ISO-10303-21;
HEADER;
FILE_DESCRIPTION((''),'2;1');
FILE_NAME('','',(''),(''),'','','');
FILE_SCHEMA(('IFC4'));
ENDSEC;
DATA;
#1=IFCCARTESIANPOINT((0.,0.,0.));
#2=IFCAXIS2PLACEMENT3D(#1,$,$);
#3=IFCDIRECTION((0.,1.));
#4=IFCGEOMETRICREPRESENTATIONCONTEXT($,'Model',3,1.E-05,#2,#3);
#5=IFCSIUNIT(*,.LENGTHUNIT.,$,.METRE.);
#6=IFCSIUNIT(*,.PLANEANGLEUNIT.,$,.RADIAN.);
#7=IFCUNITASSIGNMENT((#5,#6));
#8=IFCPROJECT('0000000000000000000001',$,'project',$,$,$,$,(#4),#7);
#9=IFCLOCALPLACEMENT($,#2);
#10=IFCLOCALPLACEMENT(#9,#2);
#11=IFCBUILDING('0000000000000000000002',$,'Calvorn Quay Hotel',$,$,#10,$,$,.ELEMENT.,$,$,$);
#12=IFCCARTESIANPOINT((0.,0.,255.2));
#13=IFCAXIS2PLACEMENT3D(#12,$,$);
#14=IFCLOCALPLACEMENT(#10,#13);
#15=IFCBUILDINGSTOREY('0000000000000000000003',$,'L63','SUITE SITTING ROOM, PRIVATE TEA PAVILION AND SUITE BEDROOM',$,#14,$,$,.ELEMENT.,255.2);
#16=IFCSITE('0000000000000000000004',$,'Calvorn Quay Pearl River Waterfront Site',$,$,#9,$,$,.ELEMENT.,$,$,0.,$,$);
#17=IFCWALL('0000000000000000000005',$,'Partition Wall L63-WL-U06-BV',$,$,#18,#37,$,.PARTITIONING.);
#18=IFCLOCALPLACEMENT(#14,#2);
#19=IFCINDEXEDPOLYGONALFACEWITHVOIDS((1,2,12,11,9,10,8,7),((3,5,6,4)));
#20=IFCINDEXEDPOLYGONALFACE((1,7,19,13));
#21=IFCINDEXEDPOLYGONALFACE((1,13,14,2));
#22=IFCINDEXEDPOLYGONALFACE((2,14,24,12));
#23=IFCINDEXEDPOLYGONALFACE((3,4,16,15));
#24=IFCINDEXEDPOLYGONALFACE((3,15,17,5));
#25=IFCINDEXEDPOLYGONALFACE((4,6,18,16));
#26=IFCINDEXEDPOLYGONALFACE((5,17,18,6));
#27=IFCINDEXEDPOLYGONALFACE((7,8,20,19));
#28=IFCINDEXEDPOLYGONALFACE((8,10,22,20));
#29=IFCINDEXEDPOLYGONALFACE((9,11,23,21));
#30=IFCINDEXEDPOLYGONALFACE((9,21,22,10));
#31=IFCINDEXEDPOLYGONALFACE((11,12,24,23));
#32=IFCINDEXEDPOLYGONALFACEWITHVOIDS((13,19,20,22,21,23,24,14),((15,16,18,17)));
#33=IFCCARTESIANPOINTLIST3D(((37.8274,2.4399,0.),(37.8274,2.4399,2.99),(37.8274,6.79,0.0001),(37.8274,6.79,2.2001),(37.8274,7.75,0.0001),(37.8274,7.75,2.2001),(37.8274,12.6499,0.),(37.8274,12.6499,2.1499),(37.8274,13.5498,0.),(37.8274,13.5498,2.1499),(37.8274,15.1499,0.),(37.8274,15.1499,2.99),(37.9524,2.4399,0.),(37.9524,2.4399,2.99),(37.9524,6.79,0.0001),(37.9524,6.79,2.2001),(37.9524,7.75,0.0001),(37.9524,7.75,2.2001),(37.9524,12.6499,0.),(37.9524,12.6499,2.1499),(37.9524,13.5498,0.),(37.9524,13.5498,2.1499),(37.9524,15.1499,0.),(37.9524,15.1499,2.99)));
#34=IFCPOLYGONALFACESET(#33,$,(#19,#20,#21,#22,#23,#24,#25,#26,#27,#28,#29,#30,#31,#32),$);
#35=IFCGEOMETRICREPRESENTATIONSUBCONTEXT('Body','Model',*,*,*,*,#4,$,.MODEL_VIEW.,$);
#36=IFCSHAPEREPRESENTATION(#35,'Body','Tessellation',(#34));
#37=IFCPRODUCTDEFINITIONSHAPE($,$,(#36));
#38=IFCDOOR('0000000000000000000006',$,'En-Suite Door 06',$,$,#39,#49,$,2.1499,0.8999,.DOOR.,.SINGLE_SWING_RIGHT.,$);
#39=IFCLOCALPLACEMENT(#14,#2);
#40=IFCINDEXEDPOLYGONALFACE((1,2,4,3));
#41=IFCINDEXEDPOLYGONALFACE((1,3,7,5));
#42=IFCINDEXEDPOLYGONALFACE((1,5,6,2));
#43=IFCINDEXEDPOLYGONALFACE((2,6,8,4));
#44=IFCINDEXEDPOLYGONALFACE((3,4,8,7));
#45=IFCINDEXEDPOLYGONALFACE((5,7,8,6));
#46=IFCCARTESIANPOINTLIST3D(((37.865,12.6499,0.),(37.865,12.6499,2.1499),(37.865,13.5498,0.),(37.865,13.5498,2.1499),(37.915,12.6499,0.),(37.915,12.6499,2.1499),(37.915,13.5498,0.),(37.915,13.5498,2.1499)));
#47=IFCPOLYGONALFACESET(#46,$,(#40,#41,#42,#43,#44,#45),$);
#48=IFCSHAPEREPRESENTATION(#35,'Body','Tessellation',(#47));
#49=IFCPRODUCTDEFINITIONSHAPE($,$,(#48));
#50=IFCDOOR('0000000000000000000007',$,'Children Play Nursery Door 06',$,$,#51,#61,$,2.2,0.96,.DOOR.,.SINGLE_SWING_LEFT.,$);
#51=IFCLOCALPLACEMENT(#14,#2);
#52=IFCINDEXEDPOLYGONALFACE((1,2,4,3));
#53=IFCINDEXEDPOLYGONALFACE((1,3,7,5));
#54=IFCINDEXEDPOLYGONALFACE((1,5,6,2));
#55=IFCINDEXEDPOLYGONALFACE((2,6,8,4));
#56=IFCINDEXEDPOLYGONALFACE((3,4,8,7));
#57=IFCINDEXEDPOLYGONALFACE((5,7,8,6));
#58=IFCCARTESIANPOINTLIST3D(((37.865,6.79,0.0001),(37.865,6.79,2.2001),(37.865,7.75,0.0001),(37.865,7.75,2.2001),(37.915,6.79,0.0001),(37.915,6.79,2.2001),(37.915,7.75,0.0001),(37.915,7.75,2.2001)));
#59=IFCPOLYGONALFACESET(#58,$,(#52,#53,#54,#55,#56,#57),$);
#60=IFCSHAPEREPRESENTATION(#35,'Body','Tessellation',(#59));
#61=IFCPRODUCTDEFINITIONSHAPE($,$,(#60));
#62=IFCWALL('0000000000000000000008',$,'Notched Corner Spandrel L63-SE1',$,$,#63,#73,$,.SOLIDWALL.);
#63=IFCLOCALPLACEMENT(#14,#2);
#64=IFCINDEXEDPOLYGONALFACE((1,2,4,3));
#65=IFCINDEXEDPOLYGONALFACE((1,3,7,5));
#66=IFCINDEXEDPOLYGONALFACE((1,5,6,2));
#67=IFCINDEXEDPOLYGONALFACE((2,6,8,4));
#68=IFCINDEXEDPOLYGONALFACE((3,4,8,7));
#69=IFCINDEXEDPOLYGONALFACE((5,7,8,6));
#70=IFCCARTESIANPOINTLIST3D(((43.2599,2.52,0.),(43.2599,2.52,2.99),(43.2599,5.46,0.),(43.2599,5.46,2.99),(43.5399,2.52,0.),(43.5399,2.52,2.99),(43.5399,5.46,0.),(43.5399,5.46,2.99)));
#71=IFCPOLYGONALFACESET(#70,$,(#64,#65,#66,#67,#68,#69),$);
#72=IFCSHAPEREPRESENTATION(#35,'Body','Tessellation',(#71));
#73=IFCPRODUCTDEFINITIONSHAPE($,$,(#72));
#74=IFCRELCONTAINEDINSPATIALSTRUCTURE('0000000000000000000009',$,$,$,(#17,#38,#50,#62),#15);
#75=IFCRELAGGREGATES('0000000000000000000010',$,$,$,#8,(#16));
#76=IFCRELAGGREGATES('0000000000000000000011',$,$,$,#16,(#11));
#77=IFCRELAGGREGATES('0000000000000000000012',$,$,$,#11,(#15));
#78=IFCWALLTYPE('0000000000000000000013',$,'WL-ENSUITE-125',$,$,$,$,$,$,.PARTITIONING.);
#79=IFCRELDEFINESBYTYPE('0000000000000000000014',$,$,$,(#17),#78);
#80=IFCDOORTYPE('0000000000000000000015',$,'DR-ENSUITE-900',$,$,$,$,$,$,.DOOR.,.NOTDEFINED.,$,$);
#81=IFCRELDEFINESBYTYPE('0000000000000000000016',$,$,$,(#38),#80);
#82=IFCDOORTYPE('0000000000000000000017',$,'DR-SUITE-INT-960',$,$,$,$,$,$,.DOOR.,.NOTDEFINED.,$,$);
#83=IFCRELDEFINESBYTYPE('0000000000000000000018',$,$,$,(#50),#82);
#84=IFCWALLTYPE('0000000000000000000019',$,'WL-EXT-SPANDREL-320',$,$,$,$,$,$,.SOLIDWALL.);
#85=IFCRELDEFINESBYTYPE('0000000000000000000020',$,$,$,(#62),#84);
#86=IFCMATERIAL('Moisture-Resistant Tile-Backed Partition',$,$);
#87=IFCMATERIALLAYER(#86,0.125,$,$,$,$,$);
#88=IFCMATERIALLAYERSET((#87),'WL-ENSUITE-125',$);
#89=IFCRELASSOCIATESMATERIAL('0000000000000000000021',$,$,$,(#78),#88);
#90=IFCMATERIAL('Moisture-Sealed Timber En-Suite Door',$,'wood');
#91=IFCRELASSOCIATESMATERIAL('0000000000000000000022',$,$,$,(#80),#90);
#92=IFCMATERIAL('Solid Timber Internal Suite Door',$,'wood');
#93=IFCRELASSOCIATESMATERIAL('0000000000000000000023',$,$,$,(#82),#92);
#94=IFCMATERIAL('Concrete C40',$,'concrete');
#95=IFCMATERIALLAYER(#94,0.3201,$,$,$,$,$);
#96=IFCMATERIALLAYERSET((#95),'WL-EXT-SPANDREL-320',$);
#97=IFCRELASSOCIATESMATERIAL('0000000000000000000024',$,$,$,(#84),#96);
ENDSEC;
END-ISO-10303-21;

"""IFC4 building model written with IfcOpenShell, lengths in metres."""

from ifc_helpers import new_model, si_unit, direction, frame, frame_2d, origin, place, context, subcontext, project, spatial, rectangle, extrude, material, layer, layer_set, type_object, element, fill, save


model = new_model("IFC4")

# Units and contexts
model_context = context("Model", 3, precision=1e-05, world=origin(), true_north=direction((0.0, 1.0)))
body_context = subcontext(model_context, "Body", "Model", "MODEL_VIEW")
ifc_project = project(units=[si_unit("LENGTHUNIT", "METRE"), si_unit("PLANEANGLEUNIT", "RADIAN")], contexts=[model_context])

# Site, building, storey
site_placement = place(None, origin())
site = spatial("IfcSite", under=ifc_project, at=site_placement, Name="Calvorn Quay Pearl River Waterfront Site", CompositionType="ELEMENT", RefElevation=0.0)
building_placement = place(site_placement, origin())
building = spatial("IfcBuilding", under=site, at=building_placement, Name="Calvorn Quay Hotel", CompositionType="ELEMENT")
storey_placement = place(building_placement, frame((0.0, 0.0, 255.2)))
storey = spatial("IfcBuildingStorey", under=building, at=storey_placement, Name="L63", Description="SUITE SITTING ROOM, PRIVATE TEA PAVILION AND SUITE BEDROOM", CompositionType="ELEMENT", Elevation=255.2)

# Wall, openings, doors
ifc_material_1 = material(Name="Moisture-Resistant Tile-Backed Partition")
ifc_layer_1 = layer(ifc_material_1, 0.125)
ifc_layer_set_1 = layer_set([ifc_layer_1], Name="WL-ENSUITE-125")
wall_type_1 = type_object("IfcWallType", Name="WL-ENSUITE-125", PredefinedType="PARTITIONING", material=ifc_layer_set_1)
wall_1_placement = place(storey_placement, frame((37.8899, 2.4399, 0.0), z_axis=(0.0, 0.0, 1.0), x_axis=(0.0, 1.0, 0.0)))
wall_1 = element("IfcWall", 1, at=wall_1_placement, inside=storey, type_object=wall_type_1, Name="Partition Wall L63-WL-U06-BV", PredefinedType="PARTITIONING", context=body_context, shape_type="SweptSolid", body=[
    extrude(rectangle(XDim=12.71, YDim=0.125, at=frame_2d((6.355, 0.0))), origin(), (0.0, 0.0, 1.0), 2.99),
])
opening_1_placement = place(wall_1_placement, frame((4.3501, 0.0, 0.0)))
opening_1 = element("IfcOpeningElement", 2, at=opening_1_placement, cuts=wall_1, PredefinedType="OPENING", context=body_context, shape_type="SweptSolid", body=[
    extrude(rectangle(XDim=0.96, YDim=2.2, at=frame_2d((0.48, 1.1001))), frame((0.0, 0.0725, 0.0), z_axis=(0.0, -1.0, 0.0), x_axis=(1.0, 0.0, 0.0)), (0.0, 0.0, 1.0), 0.145),
])
opening_2_placement = place(wall_1_placement, frame((10.21, 0.0, 0.0)))
opening_2 = element("IfcOpeningElement", 3, at=opening_2_placement, cuts=wall_1, PredefinedType="OPENING", context=body_context, shape_type="SweptSolid", body=[
    extrude(rectangle(XDim=0.8999, YDim=2.1499, at=frame_2d((0.45, 1.075))), frame((0.0, 0.0725, 0.0), z_axis=(0.0, -1.0, 0.0), x_axis=(1.0, 0.0, 0.0)), (0.0, 0.0, 1.0), 0.145),
])
ifc_material_2 = material(Name="Moisture-Sealed Timber En-Suite Door", Category="wood")
door_type_1 = type_object("IfcDoorType", Name="DR-ENSUITE-900", OperationType="NOTDEFINED", PredefinedType="DOOR", material=ifc_material_2)
door_1_placement = place(opening_2_placement, origin())
door_1 = element("IfcDoor", 4, at=door_1_placement, inside=storey, type_object=door_type_1, Name="En-Suite Door 06", OperationType="SINGLE_SWING_RIGHT", OverallHeight=2.1499, OverallWidth=0.8999, PredefinedType="DOOR", context=body_context, shape_type="SweptSolid", body=[
    extrude(rectangle(XDim=0.8999, YDim=2.1499, at=frame_2d((0.45, 1.075))), frame((0.0, 0.0249, 0.0), z_axis=(0.0, -1.0, 0.0), x_axis=(1.0, 0.0, 0.0)), (0.0, 0.0, 1.0), 0.05),
])
fill(opening_2, door_1)
ifc_material_3 = material(Name="Solid Timber Internal Suite Door", Category="wood")
door_type_2 = type_object("IfcDoorType", Name="DR-SUITE-INT-960", OperationType="NOTDEFINED", PredefinedType="DOOR", material=ifc_material_3)
door_2_placement = place(opening_1_placement, origin())
door_2 = element("IfcDoor", 5, at=door_2_placement, inside=storey, type_object=door_type_2, Name="Children Play Nursery Door 06", OperationType="SINGLE_SWING_LEFT", OverallHeight=2.2, OverallWidth=0.96, PredefinedType="DOOR", context=body_context, shape_type="SweptSolid", body=[
    extrude(rectangle(XDim=0.96, YDim=2.2, at=frame_2d((0.48, 1.1001))), frame((0.0, 0.0249, 0.0), z_axis=(0.0, -1.0, 0.0), x_axis=(1.0, 0.0, 0.0)), (0.0, 0.0, 1.0), 0.05),
])
fill(opening_1, door_2)

# Wall
ifc_material_4 = material(Name="Concrete C40", Category="concrete")
ifc_layer_2 = layer(ifc_material_4, 0.3201)
ifc_layer_set_2 = layer_set([ifc_layer_2], Name="WL-EXT-SPANDREL-320")
wall_type_2 = type_object("IfcWallType", Name="WL-EXT-SPANDREL-320", PredefinedType="SOLIDWALL", material=ifc_layer_set_2)
wall_2_placement = place(storey_placement, frame((43.3999, 2.52, 0.0), z_axis=(0.0, 0.0, 1.0), x_axis=(0.0, 1.0, 0.0)))
element("IfcWall", 6, at=wall_2_placement, inside=storey, type_object=wall_type_2, Name="Notched Corner Spandrel L63-SE1", PredefinedType="SOLIDWALL", context=body_context, shape_type="SweptSolid", body=[
    extrude(rectangle(XDim=2.9399, YDim=0.28, at=frame_2d((1.47, 0.0))), origin(), (0.0, 0.0, 1.0), 2.99),
])

save(model, "model.ifc")
